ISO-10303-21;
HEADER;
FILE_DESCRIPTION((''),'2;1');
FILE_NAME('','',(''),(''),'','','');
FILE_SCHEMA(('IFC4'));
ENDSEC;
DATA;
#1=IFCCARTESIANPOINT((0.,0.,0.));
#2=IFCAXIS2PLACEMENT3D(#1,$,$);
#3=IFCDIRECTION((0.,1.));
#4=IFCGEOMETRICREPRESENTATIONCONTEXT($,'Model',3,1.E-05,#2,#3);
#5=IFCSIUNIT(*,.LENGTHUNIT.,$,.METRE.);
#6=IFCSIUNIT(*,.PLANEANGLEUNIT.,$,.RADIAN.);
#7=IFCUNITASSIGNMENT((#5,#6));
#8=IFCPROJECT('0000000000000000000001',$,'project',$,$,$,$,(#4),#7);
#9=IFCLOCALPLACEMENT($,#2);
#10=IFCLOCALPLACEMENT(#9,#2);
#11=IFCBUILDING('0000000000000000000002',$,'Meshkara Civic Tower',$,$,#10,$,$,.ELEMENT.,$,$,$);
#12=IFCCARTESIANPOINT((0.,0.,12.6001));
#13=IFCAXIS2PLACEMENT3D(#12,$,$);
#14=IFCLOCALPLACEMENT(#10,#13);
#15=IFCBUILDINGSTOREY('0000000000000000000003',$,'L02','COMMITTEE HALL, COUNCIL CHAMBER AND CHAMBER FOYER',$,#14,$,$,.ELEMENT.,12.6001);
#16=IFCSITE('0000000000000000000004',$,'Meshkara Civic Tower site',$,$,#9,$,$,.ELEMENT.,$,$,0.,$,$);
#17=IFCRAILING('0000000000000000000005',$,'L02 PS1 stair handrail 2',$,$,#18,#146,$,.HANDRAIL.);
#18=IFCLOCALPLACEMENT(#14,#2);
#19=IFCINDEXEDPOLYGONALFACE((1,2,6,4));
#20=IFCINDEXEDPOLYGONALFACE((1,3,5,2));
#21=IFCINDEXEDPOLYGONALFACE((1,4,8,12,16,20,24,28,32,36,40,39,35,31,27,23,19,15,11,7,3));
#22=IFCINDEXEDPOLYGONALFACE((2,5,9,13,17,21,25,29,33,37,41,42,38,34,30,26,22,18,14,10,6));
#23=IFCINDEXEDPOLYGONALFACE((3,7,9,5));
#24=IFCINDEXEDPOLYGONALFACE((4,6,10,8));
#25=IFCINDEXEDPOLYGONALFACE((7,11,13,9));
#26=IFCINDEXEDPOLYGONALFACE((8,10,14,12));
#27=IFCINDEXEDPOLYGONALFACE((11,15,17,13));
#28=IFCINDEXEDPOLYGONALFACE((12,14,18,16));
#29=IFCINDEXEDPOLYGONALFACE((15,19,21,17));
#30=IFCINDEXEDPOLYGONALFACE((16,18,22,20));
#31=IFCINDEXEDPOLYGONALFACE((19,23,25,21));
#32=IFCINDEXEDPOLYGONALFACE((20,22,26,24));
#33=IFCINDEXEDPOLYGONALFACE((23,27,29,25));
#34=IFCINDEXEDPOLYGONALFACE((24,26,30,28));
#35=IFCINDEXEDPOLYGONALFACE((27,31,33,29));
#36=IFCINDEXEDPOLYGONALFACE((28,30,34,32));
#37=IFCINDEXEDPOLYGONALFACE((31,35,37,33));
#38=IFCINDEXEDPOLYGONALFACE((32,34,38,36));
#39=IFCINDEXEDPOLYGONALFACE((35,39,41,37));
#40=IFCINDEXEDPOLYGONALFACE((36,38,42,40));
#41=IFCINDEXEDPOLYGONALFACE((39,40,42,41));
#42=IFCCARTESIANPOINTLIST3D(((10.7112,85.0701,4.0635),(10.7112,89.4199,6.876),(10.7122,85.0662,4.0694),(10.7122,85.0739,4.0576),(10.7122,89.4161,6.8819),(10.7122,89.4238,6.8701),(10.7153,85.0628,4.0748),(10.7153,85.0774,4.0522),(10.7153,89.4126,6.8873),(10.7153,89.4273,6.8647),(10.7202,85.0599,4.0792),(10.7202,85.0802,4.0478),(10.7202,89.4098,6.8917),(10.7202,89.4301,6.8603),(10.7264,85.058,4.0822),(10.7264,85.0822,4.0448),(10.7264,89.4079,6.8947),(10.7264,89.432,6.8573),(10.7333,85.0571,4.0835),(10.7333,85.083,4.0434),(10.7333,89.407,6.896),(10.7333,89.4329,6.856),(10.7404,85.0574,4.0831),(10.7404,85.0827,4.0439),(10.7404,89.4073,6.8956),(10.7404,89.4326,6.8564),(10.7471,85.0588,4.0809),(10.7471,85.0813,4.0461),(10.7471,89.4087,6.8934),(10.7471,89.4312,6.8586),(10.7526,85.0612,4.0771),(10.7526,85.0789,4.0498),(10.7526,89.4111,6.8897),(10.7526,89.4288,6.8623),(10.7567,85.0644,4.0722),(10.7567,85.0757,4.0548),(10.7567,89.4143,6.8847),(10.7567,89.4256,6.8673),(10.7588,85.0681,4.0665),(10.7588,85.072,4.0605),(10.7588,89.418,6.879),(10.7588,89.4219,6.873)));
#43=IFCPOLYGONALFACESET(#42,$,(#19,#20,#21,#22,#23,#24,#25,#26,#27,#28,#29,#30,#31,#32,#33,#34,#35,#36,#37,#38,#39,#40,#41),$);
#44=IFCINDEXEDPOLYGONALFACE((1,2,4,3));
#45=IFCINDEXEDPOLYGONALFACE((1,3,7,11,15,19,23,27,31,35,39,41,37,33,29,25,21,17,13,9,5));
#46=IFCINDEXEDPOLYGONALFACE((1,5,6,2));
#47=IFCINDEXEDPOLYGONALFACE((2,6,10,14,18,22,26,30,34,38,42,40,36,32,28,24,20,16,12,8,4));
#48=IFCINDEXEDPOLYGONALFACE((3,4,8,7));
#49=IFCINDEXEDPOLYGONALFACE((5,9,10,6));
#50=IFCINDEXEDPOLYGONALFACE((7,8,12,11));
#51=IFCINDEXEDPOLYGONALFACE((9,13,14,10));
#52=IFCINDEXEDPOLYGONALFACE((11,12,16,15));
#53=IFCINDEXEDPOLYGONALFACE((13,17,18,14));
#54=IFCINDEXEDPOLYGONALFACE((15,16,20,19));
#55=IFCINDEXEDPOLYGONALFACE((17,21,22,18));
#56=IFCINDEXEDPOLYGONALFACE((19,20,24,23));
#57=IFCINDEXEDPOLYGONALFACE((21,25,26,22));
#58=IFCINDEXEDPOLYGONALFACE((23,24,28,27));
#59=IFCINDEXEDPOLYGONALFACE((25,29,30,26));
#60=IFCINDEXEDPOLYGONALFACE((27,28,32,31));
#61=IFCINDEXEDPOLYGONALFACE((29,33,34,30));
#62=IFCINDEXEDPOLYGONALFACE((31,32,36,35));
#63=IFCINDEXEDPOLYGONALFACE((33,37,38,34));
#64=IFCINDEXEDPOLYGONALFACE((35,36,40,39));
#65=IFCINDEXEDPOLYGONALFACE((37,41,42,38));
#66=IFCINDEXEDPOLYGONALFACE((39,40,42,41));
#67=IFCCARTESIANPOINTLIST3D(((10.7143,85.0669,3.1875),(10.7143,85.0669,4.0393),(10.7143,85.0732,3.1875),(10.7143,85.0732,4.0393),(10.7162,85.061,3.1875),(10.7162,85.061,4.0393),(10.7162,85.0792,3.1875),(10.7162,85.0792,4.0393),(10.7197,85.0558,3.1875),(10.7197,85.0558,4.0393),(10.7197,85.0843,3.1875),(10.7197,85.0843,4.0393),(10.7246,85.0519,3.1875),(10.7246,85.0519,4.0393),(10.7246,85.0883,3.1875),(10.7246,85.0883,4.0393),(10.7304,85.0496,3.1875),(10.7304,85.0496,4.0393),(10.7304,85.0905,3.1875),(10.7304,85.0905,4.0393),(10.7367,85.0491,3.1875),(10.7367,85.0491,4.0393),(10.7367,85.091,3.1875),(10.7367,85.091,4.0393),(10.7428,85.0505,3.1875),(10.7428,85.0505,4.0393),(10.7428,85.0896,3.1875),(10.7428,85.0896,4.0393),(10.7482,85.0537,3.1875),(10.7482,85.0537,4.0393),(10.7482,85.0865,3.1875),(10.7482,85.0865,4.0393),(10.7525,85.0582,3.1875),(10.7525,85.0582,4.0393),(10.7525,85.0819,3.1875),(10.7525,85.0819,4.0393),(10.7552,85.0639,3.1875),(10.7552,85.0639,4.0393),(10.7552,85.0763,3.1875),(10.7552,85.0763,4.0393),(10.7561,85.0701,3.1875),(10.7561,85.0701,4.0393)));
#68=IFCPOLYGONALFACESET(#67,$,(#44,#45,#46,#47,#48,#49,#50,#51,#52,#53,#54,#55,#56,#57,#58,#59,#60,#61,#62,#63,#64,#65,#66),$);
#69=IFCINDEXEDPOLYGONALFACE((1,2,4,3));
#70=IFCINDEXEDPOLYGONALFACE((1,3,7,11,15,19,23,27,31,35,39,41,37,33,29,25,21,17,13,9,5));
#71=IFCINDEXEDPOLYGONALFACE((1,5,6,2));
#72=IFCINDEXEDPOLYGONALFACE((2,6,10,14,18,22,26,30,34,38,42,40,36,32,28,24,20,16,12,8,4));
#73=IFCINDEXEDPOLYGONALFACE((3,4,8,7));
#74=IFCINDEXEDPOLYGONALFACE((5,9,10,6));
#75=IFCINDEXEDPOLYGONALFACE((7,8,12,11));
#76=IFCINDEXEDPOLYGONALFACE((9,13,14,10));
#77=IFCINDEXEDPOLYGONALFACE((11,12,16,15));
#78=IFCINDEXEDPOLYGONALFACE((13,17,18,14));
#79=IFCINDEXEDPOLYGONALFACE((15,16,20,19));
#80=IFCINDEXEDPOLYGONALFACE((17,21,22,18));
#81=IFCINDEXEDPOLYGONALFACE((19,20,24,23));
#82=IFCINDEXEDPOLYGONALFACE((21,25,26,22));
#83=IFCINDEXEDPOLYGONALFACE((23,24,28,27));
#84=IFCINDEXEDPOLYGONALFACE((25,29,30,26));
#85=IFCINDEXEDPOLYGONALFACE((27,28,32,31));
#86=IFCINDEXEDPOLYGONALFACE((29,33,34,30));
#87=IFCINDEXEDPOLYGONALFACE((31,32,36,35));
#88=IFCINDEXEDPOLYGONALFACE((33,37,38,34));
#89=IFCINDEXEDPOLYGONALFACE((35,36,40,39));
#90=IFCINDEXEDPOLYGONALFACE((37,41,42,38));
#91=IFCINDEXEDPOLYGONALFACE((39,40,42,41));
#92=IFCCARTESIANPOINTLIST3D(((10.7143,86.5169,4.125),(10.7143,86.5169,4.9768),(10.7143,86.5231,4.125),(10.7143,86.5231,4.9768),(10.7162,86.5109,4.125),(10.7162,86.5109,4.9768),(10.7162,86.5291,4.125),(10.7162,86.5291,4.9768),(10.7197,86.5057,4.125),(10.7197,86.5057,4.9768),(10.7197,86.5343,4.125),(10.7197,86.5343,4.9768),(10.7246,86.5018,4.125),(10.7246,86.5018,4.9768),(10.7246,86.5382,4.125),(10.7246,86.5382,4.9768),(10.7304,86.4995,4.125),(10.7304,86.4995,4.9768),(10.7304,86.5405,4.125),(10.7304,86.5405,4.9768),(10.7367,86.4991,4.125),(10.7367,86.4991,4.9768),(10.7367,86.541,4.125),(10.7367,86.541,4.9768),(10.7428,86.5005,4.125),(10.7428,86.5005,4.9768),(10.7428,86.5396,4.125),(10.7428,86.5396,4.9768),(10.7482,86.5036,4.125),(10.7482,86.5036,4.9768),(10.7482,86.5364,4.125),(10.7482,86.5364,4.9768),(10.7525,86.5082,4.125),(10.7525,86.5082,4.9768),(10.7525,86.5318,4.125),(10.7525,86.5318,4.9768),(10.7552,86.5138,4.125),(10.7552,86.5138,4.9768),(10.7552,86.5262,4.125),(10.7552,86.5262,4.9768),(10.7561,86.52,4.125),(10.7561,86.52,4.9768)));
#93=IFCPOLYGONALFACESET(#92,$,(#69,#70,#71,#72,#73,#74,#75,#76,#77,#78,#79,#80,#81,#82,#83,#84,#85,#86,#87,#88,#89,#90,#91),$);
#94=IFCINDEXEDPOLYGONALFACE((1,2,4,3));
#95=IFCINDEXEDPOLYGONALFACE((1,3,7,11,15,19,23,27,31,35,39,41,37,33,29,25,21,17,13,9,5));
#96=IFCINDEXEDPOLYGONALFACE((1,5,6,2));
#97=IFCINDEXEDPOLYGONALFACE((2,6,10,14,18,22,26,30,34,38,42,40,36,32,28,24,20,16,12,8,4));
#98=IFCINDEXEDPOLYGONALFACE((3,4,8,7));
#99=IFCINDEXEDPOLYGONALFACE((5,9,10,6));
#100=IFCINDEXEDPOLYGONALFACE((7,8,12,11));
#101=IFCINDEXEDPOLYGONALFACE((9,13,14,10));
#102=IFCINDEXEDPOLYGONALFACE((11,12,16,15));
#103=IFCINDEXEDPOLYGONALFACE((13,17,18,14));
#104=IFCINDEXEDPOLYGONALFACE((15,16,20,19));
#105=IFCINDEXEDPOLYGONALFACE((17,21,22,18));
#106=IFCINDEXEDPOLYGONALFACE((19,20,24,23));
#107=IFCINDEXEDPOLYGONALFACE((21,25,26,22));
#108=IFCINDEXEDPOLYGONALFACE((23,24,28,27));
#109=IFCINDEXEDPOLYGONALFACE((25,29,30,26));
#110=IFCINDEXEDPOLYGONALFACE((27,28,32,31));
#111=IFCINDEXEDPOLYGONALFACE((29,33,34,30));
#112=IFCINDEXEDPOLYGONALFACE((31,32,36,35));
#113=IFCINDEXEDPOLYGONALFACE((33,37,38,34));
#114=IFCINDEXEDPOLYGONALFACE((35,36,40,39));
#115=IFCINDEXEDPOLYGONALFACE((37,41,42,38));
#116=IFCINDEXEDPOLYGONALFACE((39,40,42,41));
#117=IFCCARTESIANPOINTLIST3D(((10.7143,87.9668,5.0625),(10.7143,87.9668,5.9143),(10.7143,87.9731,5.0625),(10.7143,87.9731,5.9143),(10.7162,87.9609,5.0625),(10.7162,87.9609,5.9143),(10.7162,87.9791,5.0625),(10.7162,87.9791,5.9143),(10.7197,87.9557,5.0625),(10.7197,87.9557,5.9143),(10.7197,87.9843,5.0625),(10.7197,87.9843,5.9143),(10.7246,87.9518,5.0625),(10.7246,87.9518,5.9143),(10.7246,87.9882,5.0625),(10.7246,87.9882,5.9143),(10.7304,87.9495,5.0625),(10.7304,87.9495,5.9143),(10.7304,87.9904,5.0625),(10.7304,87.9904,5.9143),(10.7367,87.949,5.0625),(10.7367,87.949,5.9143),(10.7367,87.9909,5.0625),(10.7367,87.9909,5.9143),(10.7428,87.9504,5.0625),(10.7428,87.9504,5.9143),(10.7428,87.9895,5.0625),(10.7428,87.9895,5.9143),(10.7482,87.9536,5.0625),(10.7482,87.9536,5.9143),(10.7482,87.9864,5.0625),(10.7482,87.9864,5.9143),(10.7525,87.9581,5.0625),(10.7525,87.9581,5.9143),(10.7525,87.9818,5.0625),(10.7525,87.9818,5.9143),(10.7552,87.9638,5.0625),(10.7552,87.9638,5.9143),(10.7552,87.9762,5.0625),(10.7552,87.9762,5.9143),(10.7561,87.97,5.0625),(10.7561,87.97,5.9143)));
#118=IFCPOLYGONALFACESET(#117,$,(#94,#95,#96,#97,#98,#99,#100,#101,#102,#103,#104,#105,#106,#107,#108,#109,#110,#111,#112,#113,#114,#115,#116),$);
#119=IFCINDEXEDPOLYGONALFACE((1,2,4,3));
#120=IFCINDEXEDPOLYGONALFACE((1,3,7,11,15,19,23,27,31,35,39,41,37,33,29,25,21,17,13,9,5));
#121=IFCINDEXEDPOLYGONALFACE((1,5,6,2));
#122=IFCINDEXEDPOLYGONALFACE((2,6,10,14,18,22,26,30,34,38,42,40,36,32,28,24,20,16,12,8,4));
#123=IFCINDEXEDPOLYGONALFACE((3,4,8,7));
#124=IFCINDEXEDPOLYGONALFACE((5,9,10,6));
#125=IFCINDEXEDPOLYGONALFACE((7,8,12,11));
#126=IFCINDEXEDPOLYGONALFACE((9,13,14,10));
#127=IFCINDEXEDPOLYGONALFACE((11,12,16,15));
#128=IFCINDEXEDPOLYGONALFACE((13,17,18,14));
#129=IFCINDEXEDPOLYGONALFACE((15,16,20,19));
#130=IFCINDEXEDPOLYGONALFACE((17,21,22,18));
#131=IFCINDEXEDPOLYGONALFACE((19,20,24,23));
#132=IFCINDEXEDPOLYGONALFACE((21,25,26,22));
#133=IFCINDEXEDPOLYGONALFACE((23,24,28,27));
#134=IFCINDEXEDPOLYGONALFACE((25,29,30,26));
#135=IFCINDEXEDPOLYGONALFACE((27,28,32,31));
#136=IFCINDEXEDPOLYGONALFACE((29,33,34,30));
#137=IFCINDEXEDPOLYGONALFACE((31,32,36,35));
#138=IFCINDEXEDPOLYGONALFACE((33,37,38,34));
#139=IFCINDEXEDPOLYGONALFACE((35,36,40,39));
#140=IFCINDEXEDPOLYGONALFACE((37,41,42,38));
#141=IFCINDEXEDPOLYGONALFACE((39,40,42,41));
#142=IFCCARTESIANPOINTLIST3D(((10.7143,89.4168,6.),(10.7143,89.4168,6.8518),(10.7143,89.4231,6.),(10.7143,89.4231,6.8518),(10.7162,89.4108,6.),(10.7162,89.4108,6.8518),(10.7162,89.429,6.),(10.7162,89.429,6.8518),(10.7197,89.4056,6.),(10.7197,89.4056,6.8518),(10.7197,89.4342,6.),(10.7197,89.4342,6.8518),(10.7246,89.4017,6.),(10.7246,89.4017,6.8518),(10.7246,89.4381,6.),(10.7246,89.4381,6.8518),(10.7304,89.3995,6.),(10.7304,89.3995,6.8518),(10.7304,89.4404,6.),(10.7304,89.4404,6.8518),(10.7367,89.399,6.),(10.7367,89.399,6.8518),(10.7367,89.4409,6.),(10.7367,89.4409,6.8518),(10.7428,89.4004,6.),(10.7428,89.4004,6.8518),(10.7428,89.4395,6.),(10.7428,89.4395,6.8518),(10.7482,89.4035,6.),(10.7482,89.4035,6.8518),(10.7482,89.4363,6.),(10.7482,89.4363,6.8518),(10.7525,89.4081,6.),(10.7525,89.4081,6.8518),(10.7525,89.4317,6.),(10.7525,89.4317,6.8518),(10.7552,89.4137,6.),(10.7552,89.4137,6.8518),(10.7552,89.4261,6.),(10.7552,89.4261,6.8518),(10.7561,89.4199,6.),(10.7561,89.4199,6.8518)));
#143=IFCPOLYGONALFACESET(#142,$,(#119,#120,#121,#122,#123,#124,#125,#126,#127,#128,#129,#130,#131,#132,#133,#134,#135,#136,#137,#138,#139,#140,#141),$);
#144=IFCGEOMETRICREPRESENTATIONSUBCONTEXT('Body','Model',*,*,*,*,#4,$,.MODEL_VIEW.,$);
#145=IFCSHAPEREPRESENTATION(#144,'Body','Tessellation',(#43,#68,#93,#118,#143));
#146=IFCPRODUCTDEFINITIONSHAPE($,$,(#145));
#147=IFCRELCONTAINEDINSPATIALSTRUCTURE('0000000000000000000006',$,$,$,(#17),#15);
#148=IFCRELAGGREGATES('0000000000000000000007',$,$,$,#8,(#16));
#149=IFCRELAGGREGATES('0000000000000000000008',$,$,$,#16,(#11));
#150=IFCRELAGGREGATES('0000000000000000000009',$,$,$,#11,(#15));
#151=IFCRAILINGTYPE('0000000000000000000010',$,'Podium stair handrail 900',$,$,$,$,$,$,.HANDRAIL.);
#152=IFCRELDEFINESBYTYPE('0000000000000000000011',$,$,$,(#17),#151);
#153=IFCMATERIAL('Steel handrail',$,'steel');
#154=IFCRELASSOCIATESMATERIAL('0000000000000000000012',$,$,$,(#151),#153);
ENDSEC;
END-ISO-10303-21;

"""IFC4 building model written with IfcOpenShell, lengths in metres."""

from ifc_helpers import new_model, si_unit, direction, frame, origin, origin_2d, place, context, subcontext, project, spatial, circle, extrude, material, type_object, element, save


model = new_model("IFC4")

# Units and contexts
model_context = context("Model", 3, precision=1e-05, world=origin(), true_north=direction((0.0, 1.0)))
body_context = subcontext(model_context, "Body", "Model", "MODEL_VIEW")
ifc_project = project(units=[si_unit("LENGTHUNIT", "METRE"), si_unit("PLANEANGLEUNIT", "RADIAN")], contexts=[model_context])

# Site, building, storey
site_placement = place(None, origin())
site = spatial("IfcSite", under=ifc_project, at=site_placement, Name="Meshkara Civic Tower site", CompositionType="ELEMENT", RefElevation=0.0)
building_placement = place(site_placement, origin())
building = spatial("IfcBuilding", under=site, at=building_placement, Name="Meshkara Civic Tower", CompositionType="ELEMENT")
storey_placement = place(building_placement, frame((0.0, 0.0, 12.6001)))
storey = spatial("IfcBuildingStorey", under=building, at=storey_placement, Name="L02", Description="COMMITTEE HALL, COUNCIL CHAMBER AND CHAMBER FOYER", CompositionType="ELEMENT", Elevation=12.6001)

# Railing
ifc_material_1 = material(Name="Steel handrail", Category="steel")
railing_type_1 = type_object("IfcRailingType", Name="Podium stair handrail 900", PredefinedType="HANDRAIL", material=ifc_material_1)
railing_1_placement = place(storey_placement, frame((10.7351, 85.0701, 3.1875)))
element("IfcRailing", 1, at=railing_1_placement, inside=storey, type_object=railing_type_1, Name="L02 PS1 stair handrail 2", PredefinedType="HANDRAIL", context=body_context, shape_type="SweptSolid", body=[
    extrude(circle(Radius=0.0239, at=origin_2d()), frame((0.0, 0.0, 0.876), z_axis=(0.0, 0.839756, 0.542964), x_axis=(-1.0, 0.0, 0.0)), (0.0, 0.0, 1.0), 5.1799),
    extrude(circle(Radius=0.021, at=origin_2d()), origin(), (0.0, 0.0, 1.0), 0.8518),
    extrude(circle(Radius=0.021, at=origin_2d()), frame((0.0, 1.45, 0.9375)), (0.0, 0.0, 1.0), 0.8518),
    extrude(circle(Radius=0.021, at=origin_2d()), frame((0.0, 2.8999, 1.875)), (0.0, 0.0, 1.0), 0.8518),
    extrude(circle(Radius=0.021, at=origin_2d()), frame((0.0, 4.3499, 2.8125)), (0.0, 0.0, 1.0), 0.8518),
])

save(model, "model.ifc")
